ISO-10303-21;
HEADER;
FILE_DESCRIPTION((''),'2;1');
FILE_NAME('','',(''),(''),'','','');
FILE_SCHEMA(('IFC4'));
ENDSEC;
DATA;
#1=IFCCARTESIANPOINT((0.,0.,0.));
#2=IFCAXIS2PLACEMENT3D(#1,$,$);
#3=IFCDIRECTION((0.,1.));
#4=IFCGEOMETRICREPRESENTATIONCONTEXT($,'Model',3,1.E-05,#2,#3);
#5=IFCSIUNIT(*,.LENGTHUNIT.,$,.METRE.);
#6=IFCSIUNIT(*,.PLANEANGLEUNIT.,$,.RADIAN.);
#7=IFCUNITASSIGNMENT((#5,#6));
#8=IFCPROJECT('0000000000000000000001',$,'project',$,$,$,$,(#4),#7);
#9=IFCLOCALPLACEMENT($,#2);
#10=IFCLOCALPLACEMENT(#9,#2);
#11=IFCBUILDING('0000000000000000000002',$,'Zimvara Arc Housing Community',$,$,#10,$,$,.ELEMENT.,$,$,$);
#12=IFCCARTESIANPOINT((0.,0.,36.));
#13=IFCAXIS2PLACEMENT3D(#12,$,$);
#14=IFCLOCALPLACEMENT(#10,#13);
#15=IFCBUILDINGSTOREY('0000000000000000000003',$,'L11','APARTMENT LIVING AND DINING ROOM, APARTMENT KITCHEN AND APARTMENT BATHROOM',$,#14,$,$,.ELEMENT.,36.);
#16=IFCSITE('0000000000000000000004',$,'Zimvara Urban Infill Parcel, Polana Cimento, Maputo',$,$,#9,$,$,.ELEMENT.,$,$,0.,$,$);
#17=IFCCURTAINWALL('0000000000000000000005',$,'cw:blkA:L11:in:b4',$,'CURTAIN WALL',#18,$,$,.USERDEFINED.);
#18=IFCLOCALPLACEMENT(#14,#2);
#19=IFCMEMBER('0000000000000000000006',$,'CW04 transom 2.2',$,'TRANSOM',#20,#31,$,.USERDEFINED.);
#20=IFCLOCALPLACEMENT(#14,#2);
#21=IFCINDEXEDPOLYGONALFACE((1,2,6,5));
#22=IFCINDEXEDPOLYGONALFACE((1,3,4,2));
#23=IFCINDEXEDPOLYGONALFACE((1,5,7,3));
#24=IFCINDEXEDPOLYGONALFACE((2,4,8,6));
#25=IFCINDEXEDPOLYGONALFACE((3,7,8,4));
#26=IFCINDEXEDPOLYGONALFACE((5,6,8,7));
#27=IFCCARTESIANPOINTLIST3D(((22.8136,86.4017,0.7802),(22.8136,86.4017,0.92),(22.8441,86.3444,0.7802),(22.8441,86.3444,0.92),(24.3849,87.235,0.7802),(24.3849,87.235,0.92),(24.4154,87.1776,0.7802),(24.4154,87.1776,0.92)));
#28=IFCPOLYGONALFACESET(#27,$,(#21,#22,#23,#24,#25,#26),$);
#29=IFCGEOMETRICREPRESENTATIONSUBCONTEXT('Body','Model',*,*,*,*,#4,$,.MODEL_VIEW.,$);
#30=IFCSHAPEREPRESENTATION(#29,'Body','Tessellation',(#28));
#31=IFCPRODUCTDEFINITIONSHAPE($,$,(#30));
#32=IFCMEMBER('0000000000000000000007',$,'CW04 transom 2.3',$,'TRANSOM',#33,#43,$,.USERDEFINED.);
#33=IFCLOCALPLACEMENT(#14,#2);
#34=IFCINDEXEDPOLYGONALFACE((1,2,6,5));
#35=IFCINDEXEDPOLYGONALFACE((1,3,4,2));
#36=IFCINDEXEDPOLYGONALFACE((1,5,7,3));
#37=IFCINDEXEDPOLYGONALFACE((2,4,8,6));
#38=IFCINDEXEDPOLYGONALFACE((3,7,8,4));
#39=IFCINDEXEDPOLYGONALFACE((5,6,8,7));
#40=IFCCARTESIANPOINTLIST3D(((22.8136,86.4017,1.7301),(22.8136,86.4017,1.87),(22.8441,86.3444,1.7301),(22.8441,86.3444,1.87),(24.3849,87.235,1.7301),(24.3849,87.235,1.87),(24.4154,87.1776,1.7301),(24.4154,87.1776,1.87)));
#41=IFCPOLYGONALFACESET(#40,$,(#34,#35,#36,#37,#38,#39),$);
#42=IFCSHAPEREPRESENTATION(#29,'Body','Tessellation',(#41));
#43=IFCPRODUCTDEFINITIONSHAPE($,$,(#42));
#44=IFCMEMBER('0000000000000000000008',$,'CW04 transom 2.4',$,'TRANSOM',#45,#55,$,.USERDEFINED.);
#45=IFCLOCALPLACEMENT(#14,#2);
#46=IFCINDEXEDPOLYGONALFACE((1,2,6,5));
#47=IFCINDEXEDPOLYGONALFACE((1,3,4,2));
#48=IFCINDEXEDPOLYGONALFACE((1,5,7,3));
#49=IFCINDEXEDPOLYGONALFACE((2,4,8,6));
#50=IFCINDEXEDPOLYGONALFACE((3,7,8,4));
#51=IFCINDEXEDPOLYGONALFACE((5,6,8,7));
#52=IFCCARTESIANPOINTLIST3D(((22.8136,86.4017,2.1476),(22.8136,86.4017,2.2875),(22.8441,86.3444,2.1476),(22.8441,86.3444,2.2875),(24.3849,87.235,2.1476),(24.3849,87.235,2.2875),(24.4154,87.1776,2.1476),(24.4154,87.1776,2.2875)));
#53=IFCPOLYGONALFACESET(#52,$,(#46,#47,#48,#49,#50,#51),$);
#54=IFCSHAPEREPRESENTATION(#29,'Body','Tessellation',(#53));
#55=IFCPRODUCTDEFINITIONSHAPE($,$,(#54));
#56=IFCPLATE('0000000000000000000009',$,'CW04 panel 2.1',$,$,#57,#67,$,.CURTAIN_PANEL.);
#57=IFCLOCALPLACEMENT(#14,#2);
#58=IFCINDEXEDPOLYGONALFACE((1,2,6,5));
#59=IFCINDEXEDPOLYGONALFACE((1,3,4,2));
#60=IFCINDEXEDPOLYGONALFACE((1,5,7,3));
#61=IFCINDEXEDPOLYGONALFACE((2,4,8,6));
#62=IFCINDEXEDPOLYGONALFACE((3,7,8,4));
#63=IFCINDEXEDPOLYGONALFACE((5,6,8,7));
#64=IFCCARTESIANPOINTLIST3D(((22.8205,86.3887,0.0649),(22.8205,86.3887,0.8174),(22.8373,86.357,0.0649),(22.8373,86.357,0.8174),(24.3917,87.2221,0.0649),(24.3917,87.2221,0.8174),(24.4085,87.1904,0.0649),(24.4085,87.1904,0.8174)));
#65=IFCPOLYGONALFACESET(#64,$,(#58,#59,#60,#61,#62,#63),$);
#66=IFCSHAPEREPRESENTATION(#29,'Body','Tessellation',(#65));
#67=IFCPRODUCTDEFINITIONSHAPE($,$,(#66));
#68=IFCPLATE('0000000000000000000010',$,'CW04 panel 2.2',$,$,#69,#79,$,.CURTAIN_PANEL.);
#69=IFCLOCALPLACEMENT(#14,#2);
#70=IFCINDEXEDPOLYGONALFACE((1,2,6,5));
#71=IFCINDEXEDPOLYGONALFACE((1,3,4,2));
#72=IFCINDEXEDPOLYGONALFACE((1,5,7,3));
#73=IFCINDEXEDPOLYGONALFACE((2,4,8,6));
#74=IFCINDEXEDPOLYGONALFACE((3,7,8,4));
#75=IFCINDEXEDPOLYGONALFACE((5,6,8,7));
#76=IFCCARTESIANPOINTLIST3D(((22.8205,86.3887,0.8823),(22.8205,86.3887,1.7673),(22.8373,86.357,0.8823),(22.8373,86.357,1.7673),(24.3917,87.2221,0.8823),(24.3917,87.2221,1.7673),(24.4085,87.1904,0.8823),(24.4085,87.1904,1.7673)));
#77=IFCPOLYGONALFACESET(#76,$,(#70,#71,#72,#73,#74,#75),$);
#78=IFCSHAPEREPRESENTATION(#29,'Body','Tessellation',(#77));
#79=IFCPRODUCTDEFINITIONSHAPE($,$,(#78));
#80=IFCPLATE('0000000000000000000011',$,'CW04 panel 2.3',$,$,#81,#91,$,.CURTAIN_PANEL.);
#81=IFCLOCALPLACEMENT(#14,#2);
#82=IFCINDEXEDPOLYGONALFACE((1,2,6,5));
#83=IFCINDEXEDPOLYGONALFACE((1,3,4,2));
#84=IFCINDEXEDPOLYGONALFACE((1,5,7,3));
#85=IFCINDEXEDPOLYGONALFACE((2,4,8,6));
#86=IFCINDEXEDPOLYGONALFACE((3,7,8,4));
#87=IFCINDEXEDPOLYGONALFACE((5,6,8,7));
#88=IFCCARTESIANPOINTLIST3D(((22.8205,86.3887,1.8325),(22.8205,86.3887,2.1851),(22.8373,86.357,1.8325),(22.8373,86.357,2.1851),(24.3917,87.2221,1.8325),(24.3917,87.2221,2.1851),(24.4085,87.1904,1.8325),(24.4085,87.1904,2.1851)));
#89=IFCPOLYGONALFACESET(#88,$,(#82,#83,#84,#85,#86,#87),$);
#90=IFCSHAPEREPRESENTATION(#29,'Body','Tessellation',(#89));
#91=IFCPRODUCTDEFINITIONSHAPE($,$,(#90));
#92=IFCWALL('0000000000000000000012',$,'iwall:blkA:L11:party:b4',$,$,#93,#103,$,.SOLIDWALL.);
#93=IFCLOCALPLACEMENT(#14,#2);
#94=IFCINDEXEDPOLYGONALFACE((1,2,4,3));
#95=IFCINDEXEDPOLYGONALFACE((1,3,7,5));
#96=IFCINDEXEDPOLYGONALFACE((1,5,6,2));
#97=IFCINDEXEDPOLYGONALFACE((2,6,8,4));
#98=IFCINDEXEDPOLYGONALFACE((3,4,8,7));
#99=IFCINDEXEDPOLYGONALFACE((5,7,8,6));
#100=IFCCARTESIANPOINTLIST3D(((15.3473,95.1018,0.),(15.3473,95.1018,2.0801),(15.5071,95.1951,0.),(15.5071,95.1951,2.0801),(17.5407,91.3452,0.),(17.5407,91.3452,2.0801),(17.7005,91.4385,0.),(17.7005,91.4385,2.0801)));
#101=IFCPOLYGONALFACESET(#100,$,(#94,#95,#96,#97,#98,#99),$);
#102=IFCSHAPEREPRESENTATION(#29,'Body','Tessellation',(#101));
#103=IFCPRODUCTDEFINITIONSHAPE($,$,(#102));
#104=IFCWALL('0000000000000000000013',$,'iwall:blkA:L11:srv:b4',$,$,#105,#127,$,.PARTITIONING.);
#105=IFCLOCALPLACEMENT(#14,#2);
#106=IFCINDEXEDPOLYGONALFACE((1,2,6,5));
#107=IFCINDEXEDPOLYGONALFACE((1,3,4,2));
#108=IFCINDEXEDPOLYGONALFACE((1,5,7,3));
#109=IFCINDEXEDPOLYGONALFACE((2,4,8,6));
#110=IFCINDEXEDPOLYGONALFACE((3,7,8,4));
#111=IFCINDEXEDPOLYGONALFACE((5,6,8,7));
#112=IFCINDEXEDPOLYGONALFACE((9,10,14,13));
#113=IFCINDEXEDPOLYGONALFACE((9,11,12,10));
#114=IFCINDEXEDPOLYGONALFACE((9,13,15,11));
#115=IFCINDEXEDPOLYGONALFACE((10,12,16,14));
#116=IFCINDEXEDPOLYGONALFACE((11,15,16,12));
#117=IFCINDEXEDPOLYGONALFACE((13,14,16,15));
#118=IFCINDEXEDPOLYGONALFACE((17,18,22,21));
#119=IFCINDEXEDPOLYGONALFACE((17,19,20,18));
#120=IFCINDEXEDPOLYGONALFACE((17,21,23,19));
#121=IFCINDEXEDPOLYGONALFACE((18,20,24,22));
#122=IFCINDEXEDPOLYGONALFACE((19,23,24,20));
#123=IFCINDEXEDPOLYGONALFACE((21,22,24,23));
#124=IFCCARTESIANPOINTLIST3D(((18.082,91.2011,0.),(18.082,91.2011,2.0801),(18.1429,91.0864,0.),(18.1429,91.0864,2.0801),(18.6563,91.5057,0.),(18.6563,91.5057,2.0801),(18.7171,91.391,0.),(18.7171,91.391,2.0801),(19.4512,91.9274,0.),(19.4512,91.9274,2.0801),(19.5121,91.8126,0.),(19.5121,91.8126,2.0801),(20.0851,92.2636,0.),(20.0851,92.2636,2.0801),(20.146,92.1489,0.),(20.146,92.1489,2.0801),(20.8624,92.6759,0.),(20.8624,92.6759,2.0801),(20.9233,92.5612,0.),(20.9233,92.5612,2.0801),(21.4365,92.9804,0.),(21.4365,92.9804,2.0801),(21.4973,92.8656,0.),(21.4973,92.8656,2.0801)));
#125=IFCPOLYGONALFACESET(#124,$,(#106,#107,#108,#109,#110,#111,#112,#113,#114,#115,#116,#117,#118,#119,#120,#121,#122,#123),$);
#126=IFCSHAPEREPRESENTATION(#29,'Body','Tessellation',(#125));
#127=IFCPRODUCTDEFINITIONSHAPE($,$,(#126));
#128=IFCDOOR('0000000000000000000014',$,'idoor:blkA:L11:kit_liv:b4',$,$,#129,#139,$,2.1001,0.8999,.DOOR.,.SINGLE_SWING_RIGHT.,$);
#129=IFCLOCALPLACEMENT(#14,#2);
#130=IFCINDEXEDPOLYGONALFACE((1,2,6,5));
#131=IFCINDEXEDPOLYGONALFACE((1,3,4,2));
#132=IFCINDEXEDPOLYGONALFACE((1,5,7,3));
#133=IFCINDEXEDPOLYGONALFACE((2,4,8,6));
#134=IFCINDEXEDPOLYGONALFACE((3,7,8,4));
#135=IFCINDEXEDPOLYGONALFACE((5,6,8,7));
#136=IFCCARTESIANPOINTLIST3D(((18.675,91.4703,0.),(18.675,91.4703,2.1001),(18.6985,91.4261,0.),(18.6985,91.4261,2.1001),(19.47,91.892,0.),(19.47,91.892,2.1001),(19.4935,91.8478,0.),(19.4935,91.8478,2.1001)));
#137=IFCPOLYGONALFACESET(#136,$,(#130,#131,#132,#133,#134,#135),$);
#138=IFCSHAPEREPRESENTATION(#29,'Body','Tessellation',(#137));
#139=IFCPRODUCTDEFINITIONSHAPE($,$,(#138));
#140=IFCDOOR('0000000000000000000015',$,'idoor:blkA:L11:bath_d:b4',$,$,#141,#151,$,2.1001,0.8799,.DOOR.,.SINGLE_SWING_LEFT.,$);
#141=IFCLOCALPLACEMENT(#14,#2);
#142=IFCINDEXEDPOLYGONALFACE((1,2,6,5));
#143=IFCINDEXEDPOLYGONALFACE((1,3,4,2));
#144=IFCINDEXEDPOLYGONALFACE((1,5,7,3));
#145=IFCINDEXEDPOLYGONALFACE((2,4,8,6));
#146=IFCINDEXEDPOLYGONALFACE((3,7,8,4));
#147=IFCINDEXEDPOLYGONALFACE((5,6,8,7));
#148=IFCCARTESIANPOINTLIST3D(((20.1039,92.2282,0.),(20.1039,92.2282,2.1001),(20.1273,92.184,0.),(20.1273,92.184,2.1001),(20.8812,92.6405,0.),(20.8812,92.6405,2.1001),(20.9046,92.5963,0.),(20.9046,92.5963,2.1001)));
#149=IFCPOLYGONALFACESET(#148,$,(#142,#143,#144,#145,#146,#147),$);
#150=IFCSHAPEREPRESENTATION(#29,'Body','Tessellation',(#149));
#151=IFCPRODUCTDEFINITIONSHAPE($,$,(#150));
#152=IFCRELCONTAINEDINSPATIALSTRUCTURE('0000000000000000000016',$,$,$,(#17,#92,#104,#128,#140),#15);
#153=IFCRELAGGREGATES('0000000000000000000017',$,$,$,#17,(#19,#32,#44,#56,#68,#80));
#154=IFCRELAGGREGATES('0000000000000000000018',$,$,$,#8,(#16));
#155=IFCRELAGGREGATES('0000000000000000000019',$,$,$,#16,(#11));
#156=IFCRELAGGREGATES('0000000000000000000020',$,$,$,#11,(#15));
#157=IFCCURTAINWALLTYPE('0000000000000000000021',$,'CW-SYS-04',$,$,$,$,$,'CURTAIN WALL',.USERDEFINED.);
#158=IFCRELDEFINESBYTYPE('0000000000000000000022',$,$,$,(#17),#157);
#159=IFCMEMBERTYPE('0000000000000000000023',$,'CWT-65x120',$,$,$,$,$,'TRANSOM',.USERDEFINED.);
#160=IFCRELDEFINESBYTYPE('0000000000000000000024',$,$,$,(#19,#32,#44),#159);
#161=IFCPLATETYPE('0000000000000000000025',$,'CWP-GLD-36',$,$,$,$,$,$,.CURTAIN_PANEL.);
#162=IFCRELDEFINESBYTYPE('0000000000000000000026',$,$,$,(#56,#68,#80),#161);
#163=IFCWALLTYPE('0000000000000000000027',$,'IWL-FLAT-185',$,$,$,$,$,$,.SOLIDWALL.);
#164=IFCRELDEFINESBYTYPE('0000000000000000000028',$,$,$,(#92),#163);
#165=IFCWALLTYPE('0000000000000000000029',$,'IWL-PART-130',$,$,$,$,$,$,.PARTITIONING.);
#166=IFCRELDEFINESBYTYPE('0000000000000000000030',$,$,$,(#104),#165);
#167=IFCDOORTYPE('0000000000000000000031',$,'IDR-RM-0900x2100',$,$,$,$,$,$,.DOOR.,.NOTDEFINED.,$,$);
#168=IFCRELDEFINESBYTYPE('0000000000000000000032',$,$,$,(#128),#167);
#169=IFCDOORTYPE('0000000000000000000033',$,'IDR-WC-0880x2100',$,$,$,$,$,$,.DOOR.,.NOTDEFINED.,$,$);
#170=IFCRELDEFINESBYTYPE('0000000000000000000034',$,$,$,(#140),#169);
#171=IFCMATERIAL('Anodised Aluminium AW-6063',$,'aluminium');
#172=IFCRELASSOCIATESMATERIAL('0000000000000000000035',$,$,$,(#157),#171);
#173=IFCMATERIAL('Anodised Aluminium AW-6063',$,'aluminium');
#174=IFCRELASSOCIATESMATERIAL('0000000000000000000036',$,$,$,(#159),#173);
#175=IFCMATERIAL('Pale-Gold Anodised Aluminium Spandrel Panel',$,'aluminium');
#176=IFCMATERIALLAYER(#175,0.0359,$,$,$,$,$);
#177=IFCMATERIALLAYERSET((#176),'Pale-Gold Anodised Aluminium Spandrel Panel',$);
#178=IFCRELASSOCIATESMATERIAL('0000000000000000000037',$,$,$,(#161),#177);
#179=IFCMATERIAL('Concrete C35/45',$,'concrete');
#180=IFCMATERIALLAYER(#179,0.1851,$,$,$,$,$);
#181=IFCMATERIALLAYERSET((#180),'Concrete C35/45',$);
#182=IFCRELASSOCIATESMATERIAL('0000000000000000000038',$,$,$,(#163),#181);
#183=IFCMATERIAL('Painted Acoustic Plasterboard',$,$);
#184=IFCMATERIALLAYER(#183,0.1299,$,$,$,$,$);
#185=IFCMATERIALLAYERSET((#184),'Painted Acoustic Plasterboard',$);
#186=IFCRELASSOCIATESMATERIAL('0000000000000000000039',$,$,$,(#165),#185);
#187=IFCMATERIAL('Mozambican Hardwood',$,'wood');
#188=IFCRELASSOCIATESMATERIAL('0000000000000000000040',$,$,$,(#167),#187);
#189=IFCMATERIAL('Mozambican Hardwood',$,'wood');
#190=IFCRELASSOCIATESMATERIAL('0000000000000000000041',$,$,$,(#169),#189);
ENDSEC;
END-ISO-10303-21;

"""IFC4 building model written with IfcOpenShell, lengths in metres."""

from ifc_helpers import new_model, si_unit, direction, frame, frame_2d, origin, origin_2d, place, context, subcontext, project, spatial, rectangle, extrude, material, layer, layer_set, material_profile, profile_set, type_object, element, fill, aggregate, save


model = new_model("IFC4")

# Units and contexts
model_context = context("Model", 3, precision=1e-05, world=origin(), true_north=direction((0.0, 1.0)))
body_context = subcontext(model_context, "Body", "Model", "MODEL_VIEW")
ifc_project = project(units=[si_unit("LENGTHUNIT", "METRE"), si_unit("PLANEANGLEUNIT", "RADIAN")], contexts=[model_context])

# Site, building, storey
site_placement = place(None, origin())
site = spatial("IfcSite", under=ifc_project, at=site_placement, Name="Zimvara Urban Infill Parcel, Polana Cimento, Maputo", CompositionType="ELEMENT", RefElevation=0.0)
building_placement = place(site_placement, origin())
building = spatial("IfcBuilding", under=site, at=building_placement, Name="Zimvara Arc Housing Community", CompositionType="ELEMENT")
storey_placement = place(building_placement, frame((0.0, 0.0, 36.0)))
storey = spatial("IfcBuildingStorey", under=building, at=storey_placement, Name="L11", Description="APARTMENT LIVING AND DINING ROOM, APARTMENT KITCHEN AND APARTMENT BATHROOM", CompositionType="ELEMENT", Elevation=36.0)

# Curtain wall, members, plates
ifc_material_1 = material(Name="Anodised Aluminium AW-6063", Category="aluminium")
curtain_wall_type = type_object("IfcCurtainWallType", Name="CW-SYS-04", ElementType="CURTAIN WALL", PredefinedType="USERDEFINED", material=ifc_material_1)
curtain_wall_placement = place(storey_placement, origin())
curtain_wall = element("IfcCurtainWall", 1, at=curtain_wall_placement, inside=storey, type_object=curtain_wall_type, Name="cw:blkA:L11:in:b4", ObjectType="CURTAIN WALL", PredefinedType="USERDEFINED")
ifc_material_2 = material(Name="Anodised Aluminium AW-6063", Category="aluminium")
ifc_material_profile_1 = material_profile(ifc_material_2, rectangle(XDim=0.0649, YDim=0.1399, at=origin_2d()), Name="ALU 65x140")
ifc_profile_set_1 = profile_set([ifc_material_profile_1], Name="Anodised Aluminium AW-6063")
member_type_1 = type_object("IfcMemberType", Name="CWT-65x120", ElementType="TRANSOM", PredefinedType="USERDEFINED", material=ifc_profile_set_1)
member_1_placement = place(storey_placement, frame((22.8289, 86.373, 0.8501), z_axis=(0.883464, 0.468499, 0.0), x_axis=(-0.468499, 0.883464, 0.0)))
member_1 = element("IfcMember", 2, at=member_1_placement, type_object=member_type_1, Name="CW04 transom 2.2", ObjectType="TRANSOM", PredefinedType="USERDEFINED", context=body_context, shape_type="SweptSolid", body=[
    extrude(rectangle(XDim=0.0649, YDim=0.1399, at=origin_2d()), origin(), (0.0, 0.0, 1.0), 1.7786),
])
member_2_placement = place(storey_placement, frame((22.8289, 86.373, 1.8), z_axis=(0.883464, 0.468499, 0.0), x_axis=(-0.468499, 0.883464, 0.0)))
member_2 = element("IfcMember", 3, at=member_2_placement, type_object=member_type_1, Name="CW04 transom 2.3", ObjectType="TRANSOM", PredefinedType="USERDEFINED", context=body_context, shape_type="SweptSolid", body=[
    extrude(rectangle(XDim=0.0649, YDim=0.1399, at=origin_2d()), origin(), (0.0, 0.0, 1.0), 1.7786),
])
member_3_placement = place(storey_placement, frame((22.8289, 86.373, 2.2175), z_axis=(0.883464, 0.468499, 0.0), x_axis=(-0.468499, 0.883464, 0.0)))
member_3 = element("IfcMember", 4, at=member_3_placement, type_object=member_type_1, Name="CW04 transom 2.4", ObjectType="TRANSOM", PredefinedType="USERDEFINED", context=body_context, shape_type="SweptSolid", body=[
    extrude(rectangle(XDim=0.0649, YDim=0.1399, at=origin_2d()), origin(), (0.0, 0.0, 1.0), 1.7786),
])
ifc_material_3 = material(Name="Pale-Gold Anodised Aluminium Spandrel Panel", Category="aluminium")
ifc_layer_1 = layer(ifc_material_3, 0.0359)
ifc_layer_set_1 = layer_set([ifc_layer_1], Name="Pale-Gold Anodised Aluminium Spandrel Panel")
plate_type = type_object("IfcPlateType", Name="CWP-GLD-36", PredefinedType="CURTAIN_PANEL", material=ifc_layer_set_1)
plate_1_placement = place(storey_placement, frame((23.6145, 86.7896, 0.0649), z_axis=(0.0, 0.0, 1.0), x_axis=(0.883439, 0.468547, 0.0)))
plate_1 = element("IfcPlate", 5, at=plate_1_placement, type_object=plate_type, Name="CW04 panel 2.1", PredefinedType="CURTAIN_PANEL", context=body_context, shape_type="SweptSolid", body=[
    extrude(rectangle(XDim=1.7786, YDim=0.0359, at=origin_2d()), origin(), (0.0, 0.0, 1.0), 0.7524),
])
plate_2_placement = place(storey_placement, frame((23.6145, 86.7896, 0.8823), z_axis=(0.0, 0.0, 1.0), x_axis=(0.883439, 0.468547, 0.0)))
plate_2 = element("IfcPlate", 6, at=plate_2_placement, type_object=plate_type, Name="CW04 panel 2.2", PredefinedType="CURTAIN_PANEL", context=body_context, shape_type="SweptSolid", body=[
    extrude(rectangle(XDim=1.7786, YDim=0.0359, at=origin_2d()), origin(), (0.0, 0.0, 1.0), 0.885),
])
plate_3_placement = place(storey_placement, frame((23.6145, 86.7896, 1.8325), z_axis=(0.0, 0.0, 1.0), x_axis=(0.883439, 0.468547, 0.0)))
plate_3 = element("IfcPlate", 7, at=plate_3_placement, type_object=plate_type, Name="CW04 panel 2.3", PredefinedType="CURTAIN_PANEL", context=body_context, shape_type="SweptSolid", body=[
    extrude(rectangle(XDim=1.7786, YDim=0.0359, at=origin_2d()), origin(), (0.0, 0.0, 1.0), 0.3525),
])
aggregate(curtain_wall, [member_1, member_2, member_3, plate_1, plate_2, plate_3])

# Wall
ifc_material_4 = material(Name="Concrete C35/45", Category="concrete")
ifc_layer_2 = layer(ifc_material_4, 0.1851)
ifc_layer_set_2 = layer_set([ifc_layer_2], Name="Concrete C35/45")
wall_type_1 = type_object("IfcWallType", Name="IWL-FLAT-185", PredefinedType="SOLIDWALL", material=ifc_layer_set_2)
wall_1_placement = place(storey_placement, frame((17.6206, 91.3918, 0.0), z_axis=(0.0, 0.0, 1.0), x_axis=(-0.504216, 0.863577, 0.0)))
element("IfcWall", 8, at=wall_1_placement, inside=storey, type_object=wall_type_1, Name="iwall:blkA:L11:party:b4", PredefinedType="SOLIDWALL", context=body_context, shape_type="SweptSolid", body=[
    extrude(rectangle(XDim=4.3501, YDim=0.1851, at=frame_2d((2.175, 0.0))), origin(), (0.0, 0.0, 1.0), 2.0801),
])

# Wall, openings, doors
ifc_material_5 = material(Name="Painted Acoustic Plasterboard")
ifc_layer_3 = layer(ifc_material_5, 0.1299)
ifc_layer_set_3 = layer_set([ifc_layer_3], Name="Painted Acoustic Plasterboard")
wall_type_2 = type_object("IfcWallType", Name="IWL-PART-130", PredefinedType="PARTITIONING", material=ifc_layer_set_3)
wall_2_placement = place(storey_placement, frame((18.1125, 91.1438, 0.0), z_axis=(0.0, 0.0, 1.0), x_axis=(0.883419, 0.468585, 0.0)))
wall_2 = element("IfcWall", 9, at=wall_2_placement, inside=storey, type_object=wall_type_2, Name="iwall:blkA:L11:srv:b4", PredefinedType="PARTITIONING", context=body_context, shape_type="SweptSolid", body=[
    extrude(rectangle(XDim=3.7971, YDim=0.1299, at=frame_2d((1.8984, 0.0))), origin(), (0.0, 0.0, 1.0), 2.0801),
])
opening_1_placement = place(wall_2_placement, frame((0.6499, 0.0, 0.0)))
opening_1 = element("IfcOpeningElement", 10, at=opening_1_placement, cuts=wall_2, PredefinedType="OPENING", context=body_context, shape_type="SweptSolid", body=[
    extrude(rectangle(XDim=0.8999, YDim=2.1001, at=frame_2d((0.45, 1.05))), frame((0.0, 0.075, 0.0), z_axis=(0.0, -1.0, 0.0), x_axis=(1.0, 0.0, 0.0)), (0.0, 0.0, 1.0), 0.1499),
])
opening_2_placement = place(wall_2_placement, frame((2.2673, 0.0, 0.0)))
opening_2 = element("IfcOpeningElement", 11, at=opening_2_placement, cuts=wall_2, PredefinedType="OPENING", context=body_context, shape_type="SweptSolid", body=[
    extrude(rectangle(XDim=0.8799, YDim=2.1001, at=frame_2d((0.4399, 1.05))), frame((0.0, 0.075, 0.0), z_axis=(0.0, -1.0, 0.0), x_axis=(1.0, 0.0, 0.0)), (0.0, 0.0, 1.0), 0.1499),
])
ifc_material_6 = material(Name="Mozambican Hardwood", Category="wood")
door_type_1 = type_object("IfcDoorType", Name="IDR-RM-0900x2100", OperationType="NOTDEFINED", PredefinedType="DOOR", material=ifc_material_6)
door_1_placement = place(opening_1_placement, origin())
door_1 = element("IfcDoor", 12, at=door_1_placement, inside=storey, type_object=door_type_1, Name="idoor:blkA:L11:kit_liv:b4", OperationType="SINGLE_SWING_RIGHT", OverallHeight=2.1001, OverallWidth=0.8999, PredefinedType="DOOR", context=body_context, shape_type="SweptSolid", body=[
    extrude(rectangle(XDim=0.8999, YDim=2.1001, at=frame_2d((0.45, 1.05))), frame((0.0, 0.0249, 0.0), z_axis=(0.0, -1.0, 0.0), x_axis=(1.0, 0.0, 0.0)), (0.0, 0.0, 1.0), 0.05),
])
fill(opening_1, door_1)
ifc_material_7 = material(Name="Mozambican Hardwood", Category="wood")
door_type_2 = type_object("IfcDoorType", Name="IDR-WC-0880x2100", OperationType="NOTDEFINED", PredefinedType="DOOR", material=ifc_material_7)
door_2_placement = place(opening_2_placement, origin())
door_2 = element("IfcDoor", 13, at=door_2_placement, inside=storey, type_object=door_type_2, Name="idoor:blkA:L11:bath_d:b4", OperationType="SINGLE_SWING_LEFT", OverallHeight=2.1001, OverallWidth=0.8799, PredefinedType="DOOR", context=body_context, shape_type="SweptSolid", body=[
    extrude(rectangle(XDim=0.8799, YDim=2.1001, at=frame_2d((0.4399, 1.05))), frame((0.0, 0.0249, 0.0), z_axis=(0.0, -1.0, 0.0), x_axis=(1.0, 0.0, 0.0)), (0.0, 0.0, 1.0), 0.05),
])
fill(opening_2, door_2)

save(model, "model.ifc")
